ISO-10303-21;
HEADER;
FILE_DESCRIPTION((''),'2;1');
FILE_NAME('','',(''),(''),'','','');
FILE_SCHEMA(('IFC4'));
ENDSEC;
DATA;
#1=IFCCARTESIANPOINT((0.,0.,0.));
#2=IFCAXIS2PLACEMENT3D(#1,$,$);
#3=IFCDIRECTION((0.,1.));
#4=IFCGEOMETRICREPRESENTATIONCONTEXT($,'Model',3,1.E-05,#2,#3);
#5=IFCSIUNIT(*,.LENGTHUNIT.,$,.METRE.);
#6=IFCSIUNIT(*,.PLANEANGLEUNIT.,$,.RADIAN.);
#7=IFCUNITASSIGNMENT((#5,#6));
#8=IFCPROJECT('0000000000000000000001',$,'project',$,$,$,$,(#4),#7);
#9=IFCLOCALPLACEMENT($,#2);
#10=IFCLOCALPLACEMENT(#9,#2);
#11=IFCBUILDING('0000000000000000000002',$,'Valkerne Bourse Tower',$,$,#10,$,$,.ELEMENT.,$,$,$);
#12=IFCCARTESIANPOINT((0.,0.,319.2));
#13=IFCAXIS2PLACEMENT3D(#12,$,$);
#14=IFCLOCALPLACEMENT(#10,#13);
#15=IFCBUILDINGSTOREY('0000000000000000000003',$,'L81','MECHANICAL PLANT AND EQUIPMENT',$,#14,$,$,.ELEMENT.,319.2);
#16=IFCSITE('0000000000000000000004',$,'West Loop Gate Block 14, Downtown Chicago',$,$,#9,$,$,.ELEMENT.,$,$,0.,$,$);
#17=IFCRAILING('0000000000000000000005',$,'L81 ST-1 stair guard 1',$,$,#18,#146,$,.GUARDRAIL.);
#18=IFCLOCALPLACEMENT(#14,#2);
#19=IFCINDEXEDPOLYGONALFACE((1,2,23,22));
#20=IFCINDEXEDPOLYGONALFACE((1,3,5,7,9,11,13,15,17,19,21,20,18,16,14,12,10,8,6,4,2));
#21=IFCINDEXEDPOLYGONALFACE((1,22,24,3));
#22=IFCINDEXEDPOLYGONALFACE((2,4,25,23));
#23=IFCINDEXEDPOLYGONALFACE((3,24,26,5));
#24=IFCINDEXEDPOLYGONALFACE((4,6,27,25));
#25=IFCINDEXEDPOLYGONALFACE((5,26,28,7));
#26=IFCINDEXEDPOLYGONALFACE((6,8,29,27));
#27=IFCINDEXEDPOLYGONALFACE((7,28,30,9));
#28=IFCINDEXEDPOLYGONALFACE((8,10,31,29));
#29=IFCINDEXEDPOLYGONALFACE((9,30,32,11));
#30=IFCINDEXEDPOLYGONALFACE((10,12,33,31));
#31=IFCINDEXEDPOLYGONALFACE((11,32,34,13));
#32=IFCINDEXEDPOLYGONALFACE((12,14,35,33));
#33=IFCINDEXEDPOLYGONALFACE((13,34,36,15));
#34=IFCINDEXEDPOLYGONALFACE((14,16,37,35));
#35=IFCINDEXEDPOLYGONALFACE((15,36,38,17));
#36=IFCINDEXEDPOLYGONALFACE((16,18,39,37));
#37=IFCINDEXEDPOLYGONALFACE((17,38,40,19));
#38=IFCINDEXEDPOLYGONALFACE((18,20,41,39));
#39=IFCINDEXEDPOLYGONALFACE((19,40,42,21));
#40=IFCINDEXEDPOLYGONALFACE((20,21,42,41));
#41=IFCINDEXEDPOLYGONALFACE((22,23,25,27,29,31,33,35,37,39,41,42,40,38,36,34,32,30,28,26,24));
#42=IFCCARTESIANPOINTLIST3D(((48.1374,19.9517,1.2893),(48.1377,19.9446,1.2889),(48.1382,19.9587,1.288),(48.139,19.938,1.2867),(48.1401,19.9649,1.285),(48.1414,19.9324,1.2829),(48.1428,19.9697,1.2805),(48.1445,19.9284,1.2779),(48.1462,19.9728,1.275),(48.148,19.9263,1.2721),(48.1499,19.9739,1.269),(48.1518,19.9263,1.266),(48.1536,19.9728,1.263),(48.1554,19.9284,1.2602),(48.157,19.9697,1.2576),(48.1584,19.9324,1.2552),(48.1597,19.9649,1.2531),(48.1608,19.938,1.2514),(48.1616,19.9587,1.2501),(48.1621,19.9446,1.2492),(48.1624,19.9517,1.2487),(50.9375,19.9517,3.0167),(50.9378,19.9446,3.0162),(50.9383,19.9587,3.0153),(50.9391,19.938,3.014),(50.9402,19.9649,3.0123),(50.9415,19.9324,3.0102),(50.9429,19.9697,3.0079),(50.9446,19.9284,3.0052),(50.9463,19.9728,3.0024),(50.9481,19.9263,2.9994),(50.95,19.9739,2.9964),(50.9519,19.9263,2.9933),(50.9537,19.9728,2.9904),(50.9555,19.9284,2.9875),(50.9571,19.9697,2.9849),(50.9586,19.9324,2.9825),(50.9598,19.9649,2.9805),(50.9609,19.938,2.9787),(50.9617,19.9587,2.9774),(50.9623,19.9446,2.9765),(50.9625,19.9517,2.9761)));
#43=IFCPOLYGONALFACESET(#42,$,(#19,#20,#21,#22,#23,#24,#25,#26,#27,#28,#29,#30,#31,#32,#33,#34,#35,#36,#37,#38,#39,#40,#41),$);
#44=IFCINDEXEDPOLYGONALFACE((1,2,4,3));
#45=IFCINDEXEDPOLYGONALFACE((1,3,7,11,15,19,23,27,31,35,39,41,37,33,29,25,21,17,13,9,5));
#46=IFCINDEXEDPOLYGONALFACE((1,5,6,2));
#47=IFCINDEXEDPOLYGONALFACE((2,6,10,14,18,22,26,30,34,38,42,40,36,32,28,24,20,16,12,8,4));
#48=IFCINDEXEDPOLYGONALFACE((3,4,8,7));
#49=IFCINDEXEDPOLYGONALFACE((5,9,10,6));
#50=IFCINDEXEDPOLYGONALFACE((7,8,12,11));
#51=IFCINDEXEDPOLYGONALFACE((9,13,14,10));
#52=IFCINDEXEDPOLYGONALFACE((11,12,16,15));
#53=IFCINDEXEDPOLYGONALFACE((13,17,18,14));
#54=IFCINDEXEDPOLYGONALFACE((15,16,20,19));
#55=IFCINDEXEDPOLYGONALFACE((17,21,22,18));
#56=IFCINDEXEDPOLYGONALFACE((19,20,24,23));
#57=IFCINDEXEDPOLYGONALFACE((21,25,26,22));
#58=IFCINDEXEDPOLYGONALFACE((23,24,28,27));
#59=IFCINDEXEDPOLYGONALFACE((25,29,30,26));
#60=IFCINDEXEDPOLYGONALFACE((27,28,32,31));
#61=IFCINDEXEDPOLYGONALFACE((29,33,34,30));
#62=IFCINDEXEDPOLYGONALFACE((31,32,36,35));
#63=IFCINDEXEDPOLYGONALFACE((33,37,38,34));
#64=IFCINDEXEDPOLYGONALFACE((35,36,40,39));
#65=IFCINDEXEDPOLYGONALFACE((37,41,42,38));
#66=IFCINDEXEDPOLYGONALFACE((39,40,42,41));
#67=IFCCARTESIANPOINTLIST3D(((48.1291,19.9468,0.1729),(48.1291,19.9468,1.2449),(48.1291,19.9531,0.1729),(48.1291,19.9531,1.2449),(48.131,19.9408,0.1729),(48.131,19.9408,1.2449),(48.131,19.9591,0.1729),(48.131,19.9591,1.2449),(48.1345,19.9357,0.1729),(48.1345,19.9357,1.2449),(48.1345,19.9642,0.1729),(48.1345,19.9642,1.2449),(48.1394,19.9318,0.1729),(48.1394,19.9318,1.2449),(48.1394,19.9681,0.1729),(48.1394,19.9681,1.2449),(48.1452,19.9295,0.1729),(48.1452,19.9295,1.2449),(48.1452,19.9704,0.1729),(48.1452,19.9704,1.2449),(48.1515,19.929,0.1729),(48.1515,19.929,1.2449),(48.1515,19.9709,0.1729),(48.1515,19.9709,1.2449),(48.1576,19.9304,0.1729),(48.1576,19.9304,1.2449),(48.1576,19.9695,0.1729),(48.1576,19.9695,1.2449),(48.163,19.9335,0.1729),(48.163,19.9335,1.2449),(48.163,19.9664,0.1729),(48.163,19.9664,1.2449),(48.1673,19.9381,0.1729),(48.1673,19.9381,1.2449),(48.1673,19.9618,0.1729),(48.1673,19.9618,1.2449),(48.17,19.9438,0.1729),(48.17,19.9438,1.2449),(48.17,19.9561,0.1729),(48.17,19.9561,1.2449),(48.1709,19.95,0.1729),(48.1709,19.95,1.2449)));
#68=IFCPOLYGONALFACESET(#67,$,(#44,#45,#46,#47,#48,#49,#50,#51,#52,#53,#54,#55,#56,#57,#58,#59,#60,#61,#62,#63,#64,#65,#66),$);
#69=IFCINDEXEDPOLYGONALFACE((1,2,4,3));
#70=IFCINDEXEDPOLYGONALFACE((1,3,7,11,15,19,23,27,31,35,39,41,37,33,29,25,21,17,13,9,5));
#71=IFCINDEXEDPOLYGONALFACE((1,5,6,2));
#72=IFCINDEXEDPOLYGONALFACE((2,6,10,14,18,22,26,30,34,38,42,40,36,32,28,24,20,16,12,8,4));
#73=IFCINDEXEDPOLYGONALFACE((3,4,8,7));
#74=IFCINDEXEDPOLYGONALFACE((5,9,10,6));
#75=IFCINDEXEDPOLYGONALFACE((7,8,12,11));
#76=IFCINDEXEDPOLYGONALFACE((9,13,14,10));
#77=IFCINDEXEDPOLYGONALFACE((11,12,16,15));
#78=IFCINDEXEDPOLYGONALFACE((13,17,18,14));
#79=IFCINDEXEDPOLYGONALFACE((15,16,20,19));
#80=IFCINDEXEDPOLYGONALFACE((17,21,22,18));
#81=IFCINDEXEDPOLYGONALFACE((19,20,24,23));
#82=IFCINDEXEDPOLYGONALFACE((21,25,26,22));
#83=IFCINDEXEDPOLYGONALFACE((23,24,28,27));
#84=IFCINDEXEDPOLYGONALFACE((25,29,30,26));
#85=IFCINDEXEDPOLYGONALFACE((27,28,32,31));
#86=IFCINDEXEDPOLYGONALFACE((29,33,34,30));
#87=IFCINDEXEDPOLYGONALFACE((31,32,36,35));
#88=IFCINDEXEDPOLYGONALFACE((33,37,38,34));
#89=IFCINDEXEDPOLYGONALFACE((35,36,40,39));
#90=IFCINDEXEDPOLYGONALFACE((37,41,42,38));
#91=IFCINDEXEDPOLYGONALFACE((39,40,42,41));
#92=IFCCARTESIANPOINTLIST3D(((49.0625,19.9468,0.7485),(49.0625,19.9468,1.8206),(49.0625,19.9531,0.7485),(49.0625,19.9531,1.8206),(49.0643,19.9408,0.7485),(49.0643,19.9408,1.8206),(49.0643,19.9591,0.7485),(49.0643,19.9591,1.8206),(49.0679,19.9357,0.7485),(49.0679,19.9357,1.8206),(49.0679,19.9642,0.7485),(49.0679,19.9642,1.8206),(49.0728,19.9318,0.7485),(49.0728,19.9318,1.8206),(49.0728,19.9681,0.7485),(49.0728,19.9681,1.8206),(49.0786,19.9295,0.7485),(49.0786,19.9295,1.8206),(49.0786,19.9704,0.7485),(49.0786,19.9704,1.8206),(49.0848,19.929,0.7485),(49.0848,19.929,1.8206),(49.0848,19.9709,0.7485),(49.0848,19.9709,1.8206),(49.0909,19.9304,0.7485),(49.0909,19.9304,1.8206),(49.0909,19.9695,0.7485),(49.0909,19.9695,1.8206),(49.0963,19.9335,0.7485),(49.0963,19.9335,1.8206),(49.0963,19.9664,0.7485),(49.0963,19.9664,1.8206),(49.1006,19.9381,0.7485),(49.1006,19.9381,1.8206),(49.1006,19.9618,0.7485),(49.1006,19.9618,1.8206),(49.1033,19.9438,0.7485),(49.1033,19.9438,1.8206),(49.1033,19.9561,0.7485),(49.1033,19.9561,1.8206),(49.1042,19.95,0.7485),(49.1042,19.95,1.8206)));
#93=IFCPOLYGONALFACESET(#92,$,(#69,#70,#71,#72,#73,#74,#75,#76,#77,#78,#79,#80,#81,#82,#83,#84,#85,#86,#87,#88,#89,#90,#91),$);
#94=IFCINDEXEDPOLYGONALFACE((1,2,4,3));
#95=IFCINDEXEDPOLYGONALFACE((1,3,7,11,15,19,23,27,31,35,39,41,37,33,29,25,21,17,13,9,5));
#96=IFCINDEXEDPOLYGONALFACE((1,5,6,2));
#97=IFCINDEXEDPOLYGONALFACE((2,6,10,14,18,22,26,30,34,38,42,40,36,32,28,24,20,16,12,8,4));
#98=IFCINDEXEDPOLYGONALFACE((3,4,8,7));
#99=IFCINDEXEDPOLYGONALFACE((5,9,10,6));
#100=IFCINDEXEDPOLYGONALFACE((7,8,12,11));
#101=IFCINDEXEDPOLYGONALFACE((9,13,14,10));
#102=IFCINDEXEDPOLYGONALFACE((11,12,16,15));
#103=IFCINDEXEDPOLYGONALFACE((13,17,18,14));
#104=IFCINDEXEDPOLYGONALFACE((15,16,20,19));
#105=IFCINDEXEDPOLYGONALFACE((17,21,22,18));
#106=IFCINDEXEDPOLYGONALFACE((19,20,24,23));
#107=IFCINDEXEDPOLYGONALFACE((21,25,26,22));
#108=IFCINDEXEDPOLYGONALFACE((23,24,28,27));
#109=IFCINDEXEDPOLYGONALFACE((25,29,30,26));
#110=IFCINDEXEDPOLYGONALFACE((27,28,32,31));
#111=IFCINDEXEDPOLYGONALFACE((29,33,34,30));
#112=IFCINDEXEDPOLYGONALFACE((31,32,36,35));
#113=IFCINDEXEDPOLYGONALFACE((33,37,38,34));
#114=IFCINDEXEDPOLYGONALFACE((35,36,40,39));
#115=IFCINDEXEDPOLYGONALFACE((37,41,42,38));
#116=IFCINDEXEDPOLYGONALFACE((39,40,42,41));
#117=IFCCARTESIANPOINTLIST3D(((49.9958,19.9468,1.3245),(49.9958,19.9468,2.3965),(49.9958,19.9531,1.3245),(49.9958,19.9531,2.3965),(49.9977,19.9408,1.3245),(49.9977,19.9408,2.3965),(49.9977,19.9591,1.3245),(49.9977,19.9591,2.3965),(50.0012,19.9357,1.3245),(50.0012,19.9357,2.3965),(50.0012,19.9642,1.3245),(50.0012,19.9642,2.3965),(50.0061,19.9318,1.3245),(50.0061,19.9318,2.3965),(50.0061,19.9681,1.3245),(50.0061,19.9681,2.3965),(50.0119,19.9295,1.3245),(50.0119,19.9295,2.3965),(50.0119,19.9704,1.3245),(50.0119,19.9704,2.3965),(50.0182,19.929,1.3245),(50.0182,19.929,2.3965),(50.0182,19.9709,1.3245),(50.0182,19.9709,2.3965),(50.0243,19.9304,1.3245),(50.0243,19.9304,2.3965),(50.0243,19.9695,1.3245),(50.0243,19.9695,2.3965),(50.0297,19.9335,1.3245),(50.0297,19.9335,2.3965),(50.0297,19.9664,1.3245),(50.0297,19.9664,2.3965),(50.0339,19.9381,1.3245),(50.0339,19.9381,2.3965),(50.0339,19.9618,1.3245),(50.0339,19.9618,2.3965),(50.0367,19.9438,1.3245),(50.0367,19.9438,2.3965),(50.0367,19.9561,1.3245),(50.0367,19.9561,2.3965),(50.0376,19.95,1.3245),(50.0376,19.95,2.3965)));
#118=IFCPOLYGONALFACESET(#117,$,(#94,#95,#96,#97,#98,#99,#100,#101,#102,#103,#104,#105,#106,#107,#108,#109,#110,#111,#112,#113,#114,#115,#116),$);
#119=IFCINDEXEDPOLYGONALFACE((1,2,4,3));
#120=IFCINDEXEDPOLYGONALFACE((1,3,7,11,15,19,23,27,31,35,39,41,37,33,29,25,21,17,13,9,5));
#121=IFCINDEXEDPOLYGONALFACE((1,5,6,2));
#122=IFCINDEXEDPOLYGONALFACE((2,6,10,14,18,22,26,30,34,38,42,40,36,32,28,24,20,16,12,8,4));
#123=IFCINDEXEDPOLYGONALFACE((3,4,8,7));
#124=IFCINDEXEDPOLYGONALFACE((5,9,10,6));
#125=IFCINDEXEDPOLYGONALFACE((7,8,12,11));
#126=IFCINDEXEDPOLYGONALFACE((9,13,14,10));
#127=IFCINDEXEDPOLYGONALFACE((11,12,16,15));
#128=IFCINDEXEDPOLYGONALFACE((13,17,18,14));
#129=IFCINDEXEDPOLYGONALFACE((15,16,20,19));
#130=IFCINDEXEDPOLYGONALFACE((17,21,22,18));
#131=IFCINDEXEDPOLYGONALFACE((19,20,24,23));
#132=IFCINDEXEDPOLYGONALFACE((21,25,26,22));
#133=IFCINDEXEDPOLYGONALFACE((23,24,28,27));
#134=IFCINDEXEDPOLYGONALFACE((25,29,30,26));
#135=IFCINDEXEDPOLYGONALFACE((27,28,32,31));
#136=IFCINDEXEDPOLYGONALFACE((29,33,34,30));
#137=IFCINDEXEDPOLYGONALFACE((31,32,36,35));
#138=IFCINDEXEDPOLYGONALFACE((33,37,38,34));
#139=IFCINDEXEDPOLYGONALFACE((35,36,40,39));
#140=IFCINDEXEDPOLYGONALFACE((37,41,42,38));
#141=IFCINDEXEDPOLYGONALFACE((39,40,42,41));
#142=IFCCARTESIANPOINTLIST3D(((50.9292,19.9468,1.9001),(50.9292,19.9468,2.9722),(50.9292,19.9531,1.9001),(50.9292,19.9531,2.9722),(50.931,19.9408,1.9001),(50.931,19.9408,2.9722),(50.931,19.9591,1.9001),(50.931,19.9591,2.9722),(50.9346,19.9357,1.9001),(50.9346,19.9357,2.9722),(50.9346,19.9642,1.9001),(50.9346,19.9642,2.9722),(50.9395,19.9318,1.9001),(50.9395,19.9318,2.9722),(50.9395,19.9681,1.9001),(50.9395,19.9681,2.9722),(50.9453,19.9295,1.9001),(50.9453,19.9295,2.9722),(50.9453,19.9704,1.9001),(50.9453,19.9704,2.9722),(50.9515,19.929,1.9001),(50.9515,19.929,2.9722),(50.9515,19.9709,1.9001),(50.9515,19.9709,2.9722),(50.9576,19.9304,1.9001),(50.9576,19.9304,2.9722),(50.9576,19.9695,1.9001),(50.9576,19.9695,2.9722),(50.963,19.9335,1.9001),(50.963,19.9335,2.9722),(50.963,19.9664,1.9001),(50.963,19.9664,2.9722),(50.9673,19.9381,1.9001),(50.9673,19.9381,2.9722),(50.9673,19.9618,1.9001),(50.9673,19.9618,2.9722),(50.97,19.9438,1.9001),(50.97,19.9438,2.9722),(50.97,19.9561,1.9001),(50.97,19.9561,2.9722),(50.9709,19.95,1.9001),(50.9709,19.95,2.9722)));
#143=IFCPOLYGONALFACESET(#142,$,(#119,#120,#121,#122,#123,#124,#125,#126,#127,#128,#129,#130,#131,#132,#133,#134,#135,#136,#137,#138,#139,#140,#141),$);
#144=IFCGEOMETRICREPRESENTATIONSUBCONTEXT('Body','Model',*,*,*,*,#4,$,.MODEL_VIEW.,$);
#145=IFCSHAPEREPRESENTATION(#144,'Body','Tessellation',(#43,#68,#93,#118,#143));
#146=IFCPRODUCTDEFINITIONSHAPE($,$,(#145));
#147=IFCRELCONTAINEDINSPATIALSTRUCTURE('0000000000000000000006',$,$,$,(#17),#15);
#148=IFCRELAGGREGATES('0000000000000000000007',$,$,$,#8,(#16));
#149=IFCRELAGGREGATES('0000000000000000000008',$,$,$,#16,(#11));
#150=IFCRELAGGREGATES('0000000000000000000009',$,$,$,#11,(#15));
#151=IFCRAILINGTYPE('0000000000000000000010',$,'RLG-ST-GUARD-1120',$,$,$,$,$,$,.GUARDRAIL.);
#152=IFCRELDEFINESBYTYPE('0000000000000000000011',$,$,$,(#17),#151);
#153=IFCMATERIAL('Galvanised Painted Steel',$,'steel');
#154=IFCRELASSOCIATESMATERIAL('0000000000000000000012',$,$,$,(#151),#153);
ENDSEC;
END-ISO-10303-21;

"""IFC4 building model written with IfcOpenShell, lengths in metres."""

from ifc_helpers import new_model, si_unit, direction, frame, origin, origin_2d, place, context, subcontext, project, spatial, circle, extrude, material, type_object, element, save


model = new_model("IFC4")

# Units and contexts
model_context = context("Model", 3, precision=1e-05, world=origin(), true_north=direction((0.0, 1.0)))
body_context = subcontext(model_context, "Body", "Model", "MODEL_VIEW")
ifc_project = project(units=[si_unit("LENGTHUNIT", "METRE"), si_unit("PLANEANGLEUNIT", "RADIAN")], contexts=[model_context])

# Site, building, storey
site_placement = place(None, origin())
site = spatial("IfcSite", under=ifc_project, at=site_placement, Name="West Loop Gate Block 14, Downtown Chicago", CompositionType="ELEMENT", RefElevation=0.0)
building_placement = place(site_placement, origin())
building = spatial("IfcBuilding", under=site, at=building_placement, Name="Valkerne Bourse Tower", CompositionType="ELEMENT")
storey_placement = place(building_placement, frame((0.0, 0.0, 319.2)))
storey = spatial("IfcBuildingStorey", under=building, at=storey_placement, Name="L81", Description="MECHANICAL PLANT AND EQUIPMENT", CompositionType="ELEMENT", Elevation=319.2)

# Railing
ifc_material_1 = material(Name="Galvanised Painted Steel", Category="steel")
railing_type_1 = type_object("IfcRailingType", Name="RLG-ST-GUARD-1120", PredefinedType="GUARDRAIL", material=ifc_material_1)
railing_1_placement = place(storey_placement, frame((48.1499, 19.95, 0.1729)))
element("IfcRailing", 1, at=railing_1_placement, inside=storey, type_object=railing_type_1, Name="L81 ST-1 stair guard 1", PredefinedType="GUARDRAIL", context=body_context, shape_type="SweptSolid", body=[
    extrude(circle(Radius=0.0239, at=origin_2d()), frame((0.0, 0.0, 1.0962), z_axis=(0.85109, 0.0, 0.52502), x_axis=(0.0, 1.0, 0.0)), (0.0, 0.0, 1.0), 3.29),
    extrude(circle(Radius=0.021, at=origin_2d()), origin(), (0.0, 0.0, 1.0), 1.072),
    extrude(circle(Radius=0.021, at=origin_2d()), frame((0.9333, 0.0, 0.5757)), (0.0, 0.0, 1.0), 1.072),
    extrude(circle(Radius=0.021, at=origin_2d()), frame((1.8667, 0.0, 1.1516)), (0.0, 0.0, 1.0), 1.072),
    extrude(circle(Radius=0.021, at=origin_2d()), frame((2.8, 0.0, 1.7273)), (0.0, 0.0, 1.0), 1.072),
])

save(model, "model.ifc")
